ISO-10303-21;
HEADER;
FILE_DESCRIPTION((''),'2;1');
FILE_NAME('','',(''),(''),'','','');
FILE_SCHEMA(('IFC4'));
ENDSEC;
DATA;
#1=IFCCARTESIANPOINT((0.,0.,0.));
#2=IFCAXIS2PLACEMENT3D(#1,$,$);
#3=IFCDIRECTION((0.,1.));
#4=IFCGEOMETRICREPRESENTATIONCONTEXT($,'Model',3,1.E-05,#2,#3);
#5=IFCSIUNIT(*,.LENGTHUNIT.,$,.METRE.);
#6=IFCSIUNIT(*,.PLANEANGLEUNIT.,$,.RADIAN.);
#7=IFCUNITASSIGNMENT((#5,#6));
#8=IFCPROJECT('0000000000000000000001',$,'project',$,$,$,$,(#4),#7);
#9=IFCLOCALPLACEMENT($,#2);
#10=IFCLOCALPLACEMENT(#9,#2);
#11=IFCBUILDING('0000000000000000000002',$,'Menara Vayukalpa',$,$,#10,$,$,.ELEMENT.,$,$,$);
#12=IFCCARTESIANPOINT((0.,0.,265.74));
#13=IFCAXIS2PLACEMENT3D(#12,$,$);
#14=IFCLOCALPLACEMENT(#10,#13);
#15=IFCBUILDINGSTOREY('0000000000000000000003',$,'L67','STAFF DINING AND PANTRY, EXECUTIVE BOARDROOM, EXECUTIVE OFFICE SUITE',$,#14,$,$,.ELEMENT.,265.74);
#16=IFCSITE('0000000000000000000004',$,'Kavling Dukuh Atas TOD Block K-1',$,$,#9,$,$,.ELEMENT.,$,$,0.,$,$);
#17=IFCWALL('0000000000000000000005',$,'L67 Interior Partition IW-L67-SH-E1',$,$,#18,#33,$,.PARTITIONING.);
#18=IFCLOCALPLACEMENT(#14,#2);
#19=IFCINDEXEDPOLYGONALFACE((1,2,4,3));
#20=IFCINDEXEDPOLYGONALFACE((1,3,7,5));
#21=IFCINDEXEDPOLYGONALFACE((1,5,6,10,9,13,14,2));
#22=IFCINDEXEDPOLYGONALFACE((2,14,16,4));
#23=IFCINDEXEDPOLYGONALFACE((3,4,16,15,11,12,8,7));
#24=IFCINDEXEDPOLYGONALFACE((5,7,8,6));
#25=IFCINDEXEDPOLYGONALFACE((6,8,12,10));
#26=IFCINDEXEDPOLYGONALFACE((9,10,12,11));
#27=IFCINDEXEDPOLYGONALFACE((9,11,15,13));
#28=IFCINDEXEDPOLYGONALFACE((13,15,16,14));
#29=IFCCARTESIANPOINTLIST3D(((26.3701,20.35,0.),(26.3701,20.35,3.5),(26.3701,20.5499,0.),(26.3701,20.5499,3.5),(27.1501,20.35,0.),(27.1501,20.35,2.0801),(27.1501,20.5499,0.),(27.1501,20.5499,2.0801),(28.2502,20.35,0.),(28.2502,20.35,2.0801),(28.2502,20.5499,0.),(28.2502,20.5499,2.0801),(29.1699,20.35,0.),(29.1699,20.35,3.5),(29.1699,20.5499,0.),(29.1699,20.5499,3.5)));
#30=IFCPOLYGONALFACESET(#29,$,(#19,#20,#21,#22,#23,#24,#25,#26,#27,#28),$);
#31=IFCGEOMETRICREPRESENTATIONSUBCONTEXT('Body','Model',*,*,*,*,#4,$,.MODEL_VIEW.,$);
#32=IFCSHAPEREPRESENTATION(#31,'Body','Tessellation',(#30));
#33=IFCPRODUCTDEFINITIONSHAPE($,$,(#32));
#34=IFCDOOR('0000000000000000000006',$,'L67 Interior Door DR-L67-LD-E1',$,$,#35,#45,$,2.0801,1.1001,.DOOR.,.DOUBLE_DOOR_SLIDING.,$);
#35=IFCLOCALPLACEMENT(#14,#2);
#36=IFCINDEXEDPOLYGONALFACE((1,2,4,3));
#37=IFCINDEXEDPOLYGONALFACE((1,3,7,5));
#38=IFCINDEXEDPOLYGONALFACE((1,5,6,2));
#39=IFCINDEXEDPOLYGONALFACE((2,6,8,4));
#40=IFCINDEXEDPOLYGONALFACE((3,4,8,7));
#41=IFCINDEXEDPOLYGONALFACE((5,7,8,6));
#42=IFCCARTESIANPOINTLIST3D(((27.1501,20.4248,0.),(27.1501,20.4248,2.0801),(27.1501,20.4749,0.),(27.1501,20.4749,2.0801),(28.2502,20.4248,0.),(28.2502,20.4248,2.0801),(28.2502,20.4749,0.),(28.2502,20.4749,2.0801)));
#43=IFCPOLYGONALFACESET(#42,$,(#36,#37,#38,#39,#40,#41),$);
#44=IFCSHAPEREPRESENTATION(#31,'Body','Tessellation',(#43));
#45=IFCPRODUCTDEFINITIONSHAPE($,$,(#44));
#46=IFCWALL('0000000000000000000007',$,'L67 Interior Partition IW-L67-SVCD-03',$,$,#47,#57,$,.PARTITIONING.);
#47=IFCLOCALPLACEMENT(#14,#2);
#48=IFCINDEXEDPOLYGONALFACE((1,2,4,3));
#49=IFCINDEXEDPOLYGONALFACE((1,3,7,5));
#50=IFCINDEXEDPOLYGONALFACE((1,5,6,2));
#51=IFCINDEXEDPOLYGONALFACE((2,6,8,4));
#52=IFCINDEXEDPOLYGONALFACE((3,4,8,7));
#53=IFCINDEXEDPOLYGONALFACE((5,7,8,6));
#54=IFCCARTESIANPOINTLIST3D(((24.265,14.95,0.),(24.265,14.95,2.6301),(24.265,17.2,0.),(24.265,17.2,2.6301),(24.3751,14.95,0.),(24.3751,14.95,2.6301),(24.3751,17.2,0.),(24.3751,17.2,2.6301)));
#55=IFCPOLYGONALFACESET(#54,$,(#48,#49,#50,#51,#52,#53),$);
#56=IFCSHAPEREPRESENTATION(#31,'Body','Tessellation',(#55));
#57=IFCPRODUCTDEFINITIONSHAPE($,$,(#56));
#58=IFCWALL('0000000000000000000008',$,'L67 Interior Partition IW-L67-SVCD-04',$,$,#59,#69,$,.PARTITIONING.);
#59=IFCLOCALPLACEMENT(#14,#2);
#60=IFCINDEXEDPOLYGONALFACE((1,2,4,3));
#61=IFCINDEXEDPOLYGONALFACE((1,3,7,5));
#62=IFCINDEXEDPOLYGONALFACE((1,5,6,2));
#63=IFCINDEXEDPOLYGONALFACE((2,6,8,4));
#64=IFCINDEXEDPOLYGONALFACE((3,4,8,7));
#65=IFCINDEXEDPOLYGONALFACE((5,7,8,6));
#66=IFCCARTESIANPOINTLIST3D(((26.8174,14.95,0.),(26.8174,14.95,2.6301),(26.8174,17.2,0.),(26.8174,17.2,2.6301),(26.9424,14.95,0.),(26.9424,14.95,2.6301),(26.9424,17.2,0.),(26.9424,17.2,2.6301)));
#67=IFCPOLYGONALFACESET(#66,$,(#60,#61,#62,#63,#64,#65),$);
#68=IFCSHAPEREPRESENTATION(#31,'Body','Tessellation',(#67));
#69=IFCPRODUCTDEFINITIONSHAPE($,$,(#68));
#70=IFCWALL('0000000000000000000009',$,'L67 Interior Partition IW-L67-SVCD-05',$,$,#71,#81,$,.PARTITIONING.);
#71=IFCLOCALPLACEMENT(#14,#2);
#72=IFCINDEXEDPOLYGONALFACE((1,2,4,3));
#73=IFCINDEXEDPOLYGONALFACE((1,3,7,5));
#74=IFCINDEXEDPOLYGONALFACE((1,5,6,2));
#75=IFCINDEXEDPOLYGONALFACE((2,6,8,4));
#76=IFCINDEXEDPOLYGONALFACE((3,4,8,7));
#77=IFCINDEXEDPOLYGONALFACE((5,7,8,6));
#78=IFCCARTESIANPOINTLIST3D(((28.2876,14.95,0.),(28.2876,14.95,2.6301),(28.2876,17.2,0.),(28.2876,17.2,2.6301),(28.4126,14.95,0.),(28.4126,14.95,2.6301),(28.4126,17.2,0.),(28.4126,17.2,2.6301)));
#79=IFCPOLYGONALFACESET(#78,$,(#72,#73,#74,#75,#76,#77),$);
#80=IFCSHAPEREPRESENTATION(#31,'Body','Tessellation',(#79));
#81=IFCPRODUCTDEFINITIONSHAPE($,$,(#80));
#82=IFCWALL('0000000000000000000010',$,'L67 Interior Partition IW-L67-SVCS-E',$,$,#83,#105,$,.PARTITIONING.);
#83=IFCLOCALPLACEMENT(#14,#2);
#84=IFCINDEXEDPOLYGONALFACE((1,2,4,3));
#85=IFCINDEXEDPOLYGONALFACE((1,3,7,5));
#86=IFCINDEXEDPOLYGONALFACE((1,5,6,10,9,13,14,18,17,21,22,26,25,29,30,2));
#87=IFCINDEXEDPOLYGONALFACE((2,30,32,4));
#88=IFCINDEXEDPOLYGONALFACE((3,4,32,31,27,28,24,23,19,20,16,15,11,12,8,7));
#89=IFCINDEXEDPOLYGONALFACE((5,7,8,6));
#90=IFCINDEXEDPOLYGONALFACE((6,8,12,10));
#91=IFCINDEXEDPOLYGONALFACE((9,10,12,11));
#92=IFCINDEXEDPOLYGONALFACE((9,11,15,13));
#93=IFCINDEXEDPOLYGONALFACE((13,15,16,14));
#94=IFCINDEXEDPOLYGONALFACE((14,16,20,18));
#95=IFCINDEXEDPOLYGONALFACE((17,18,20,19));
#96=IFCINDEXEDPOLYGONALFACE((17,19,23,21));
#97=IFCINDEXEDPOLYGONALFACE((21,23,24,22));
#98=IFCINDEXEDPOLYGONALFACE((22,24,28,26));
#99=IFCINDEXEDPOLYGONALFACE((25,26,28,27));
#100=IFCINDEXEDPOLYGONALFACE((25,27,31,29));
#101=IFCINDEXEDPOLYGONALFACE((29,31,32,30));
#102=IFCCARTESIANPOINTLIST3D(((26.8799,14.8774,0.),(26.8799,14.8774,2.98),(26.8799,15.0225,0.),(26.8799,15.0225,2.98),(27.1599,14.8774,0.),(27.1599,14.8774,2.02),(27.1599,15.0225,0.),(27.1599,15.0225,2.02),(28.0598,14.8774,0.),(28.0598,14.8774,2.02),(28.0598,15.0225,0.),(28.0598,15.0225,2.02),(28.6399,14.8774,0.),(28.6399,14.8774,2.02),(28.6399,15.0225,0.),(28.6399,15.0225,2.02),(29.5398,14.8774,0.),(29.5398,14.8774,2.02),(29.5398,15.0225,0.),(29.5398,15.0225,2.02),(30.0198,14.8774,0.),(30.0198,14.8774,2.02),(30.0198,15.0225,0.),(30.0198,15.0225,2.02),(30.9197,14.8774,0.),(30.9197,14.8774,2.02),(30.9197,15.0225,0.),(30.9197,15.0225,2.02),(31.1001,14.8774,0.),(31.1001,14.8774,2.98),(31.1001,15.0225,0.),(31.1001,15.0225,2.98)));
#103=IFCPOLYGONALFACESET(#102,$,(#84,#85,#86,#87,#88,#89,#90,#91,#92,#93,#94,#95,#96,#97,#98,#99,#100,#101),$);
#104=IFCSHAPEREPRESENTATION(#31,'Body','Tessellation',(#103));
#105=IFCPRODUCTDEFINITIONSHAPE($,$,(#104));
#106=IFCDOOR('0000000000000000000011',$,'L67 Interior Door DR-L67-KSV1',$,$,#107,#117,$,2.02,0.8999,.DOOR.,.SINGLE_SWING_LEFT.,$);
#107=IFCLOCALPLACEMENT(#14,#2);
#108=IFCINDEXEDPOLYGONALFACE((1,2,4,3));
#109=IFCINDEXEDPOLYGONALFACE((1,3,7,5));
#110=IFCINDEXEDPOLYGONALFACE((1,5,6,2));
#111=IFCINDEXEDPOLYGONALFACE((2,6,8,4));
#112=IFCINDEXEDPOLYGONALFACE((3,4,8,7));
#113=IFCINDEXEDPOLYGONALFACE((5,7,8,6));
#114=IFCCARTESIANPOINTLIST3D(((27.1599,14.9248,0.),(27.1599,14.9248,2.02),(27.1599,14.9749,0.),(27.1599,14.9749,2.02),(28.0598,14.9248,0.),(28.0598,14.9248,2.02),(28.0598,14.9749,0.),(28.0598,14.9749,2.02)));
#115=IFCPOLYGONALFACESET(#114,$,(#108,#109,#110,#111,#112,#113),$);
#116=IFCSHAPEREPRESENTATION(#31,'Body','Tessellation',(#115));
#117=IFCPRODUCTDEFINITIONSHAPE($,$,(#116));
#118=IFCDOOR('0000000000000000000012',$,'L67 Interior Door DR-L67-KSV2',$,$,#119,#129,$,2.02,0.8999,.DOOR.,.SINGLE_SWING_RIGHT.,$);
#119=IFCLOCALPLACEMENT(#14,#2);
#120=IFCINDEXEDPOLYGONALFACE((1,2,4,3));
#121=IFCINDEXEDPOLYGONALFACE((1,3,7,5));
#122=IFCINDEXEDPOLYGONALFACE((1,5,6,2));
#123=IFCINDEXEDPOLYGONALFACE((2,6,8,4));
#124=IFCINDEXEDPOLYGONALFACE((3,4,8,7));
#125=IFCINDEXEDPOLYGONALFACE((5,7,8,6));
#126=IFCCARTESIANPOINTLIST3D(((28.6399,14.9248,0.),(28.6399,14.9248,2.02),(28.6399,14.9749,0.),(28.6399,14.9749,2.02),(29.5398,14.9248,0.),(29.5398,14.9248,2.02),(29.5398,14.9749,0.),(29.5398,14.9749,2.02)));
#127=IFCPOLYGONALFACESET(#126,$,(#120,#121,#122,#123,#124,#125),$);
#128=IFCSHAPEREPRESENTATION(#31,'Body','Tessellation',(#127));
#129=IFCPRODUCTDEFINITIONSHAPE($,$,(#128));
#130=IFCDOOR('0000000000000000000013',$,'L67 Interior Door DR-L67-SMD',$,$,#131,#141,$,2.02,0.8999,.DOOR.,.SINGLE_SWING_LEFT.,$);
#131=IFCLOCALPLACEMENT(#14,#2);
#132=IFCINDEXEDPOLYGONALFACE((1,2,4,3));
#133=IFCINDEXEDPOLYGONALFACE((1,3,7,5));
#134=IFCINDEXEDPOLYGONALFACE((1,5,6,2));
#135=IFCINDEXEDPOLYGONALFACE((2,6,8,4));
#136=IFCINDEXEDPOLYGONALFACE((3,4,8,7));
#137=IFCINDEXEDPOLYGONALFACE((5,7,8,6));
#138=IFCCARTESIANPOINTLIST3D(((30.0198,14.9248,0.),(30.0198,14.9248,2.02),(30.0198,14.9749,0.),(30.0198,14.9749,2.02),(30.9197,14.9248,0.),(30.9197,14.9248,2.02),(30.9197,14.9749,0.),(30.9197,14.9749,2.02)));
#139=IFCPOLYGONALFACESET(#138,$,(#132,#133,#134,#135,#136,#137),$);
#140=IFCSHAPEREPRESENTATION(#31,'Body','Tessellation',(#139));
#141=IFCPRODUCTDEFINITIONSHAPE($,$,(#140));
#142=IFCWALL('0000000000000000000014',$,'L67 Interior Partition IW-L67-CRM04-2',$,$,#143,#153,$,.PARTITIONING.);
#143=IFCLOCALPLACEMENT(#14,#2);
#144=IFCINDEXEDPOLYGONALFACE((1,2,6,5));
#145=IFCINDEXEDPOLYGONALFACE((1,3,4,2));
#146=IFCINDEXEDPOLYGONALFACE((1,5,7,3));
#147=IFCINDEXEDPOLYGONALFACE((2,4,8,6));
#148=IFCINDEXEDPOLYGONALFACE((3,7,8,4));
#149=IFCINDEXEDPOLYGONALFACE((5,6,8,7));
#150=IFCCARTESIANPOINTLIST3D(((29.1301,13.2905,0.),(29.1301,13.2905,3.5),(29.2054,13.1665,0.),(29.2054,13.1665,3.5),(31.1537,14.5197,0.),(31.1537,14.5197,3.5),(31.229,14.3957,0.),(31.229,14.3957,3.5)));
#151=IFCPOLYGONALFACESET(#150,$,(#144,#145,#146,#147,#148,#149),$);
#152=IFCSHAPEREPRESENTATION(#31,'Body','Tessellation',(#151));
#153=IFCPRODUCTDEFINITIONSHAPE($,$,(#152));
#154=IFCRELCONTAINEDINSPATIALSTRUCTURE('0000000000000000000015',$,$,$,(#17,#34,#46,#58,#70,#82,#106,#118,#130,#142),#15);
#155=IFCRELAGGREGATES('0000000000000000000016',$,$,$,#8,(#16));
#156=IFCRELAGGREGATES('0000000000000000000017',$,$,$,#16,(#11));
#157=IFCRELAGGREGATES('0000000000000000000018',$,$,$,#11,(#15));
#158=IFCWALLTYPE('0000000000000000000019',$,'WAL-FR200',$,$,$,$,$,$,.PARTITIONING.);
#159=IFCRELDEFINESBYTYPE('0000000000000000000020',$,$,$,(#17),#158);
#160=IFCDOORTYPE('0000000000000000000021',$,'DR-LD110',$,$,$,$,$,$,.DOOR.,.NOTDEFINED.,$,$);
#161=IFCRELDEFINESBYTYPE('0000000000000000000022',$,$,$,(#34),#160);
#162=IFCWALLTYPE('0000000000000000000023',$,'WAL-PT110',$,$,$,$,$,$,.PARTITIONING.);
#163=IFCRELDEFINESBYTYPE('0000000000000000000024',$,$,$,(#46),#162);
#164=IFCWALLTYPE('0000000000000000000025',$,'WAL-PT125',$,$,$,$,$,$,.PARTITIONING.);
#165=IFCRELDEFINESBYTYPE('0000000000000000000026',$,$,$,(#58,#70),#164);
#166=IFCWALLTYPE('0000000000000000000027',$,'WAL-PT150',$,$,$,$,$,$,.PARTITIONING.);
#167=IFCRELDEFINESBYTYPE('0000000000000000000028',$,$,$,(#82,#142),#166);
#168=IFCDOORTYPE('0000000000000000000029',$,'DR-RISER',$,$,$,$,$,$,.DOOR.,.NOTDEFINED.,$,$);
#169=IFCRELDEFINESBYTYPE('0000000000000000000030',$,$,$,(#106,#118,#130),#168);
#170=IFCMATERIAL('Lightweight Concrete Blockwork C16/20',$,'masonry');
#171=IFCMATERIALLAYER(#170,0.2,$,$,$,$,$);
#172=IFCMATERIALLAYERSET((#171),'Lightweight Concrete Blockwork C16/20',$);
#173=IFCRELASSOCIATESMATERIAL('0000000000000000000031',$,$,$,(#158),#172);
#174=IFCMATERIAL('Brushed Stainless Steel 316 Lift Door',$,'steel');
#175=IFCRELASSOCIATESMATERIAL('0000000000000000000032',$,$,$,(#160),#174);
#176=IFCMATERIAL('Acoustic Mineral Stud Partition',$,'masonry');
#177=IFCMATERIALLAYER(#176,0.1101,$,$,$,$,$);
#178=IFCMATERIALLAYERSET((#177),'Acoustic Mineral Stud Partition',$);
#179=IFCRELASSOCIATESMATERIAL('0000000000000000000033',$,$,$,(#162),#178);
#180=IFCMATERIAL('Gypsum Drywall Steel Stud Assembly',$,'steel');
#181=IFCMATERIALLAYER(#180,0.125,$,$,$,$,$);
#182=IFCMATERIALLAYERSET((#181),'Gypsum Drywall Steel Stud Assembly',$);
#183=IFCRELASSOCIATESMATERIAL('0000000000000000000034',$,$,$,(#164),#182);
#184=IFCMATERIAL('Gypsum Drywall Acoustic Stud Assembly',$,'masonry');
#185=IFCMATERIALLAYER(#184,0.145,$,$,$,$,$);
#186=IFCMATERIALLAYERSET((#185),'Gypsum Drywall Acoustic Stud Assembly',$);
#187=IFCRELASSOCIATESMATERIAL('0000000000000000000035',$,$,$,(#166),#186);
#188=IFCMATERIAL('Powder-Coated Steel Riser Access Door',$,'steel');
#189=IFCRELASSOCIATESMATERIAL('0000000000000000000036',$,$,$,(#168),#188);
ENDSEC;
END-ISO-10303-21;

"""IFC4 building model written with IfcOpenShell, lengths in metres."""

from ifc_helpers import new_model, si_unit, direction, frame, frame_2d, origin, place, context, subcontext, project, spatial, rectangle, extrude, material, layer, layer_set, type_object, element, fill, save


model = new_model("IFC4")

# Units and contexts
model_context = context("Model", 3, precision=1e-05, world=origin(), true_north=direction((0.0, 1.0)))
body_context = subcontext(model_context, "Body", "Model", "MODEL_VIEW")
ifc_project = project(units=[si_unit("LENGTHUNIT", "METRE"), si_unit("PLANEANGLEUNIT", "RADIAN")], contexts=[model_context])

# Site, building, storey
site_placement = place(None, origin())
site = spatial("IfcSite", under=ifc_project, at=site_placement, Name="Kavling Dukuh Atas TOD Block K-1", CompositionType="ELEMENT", RefElevation=0.0)
building_placement = place(site_placement, origin())
building = spatial("IfcBuilding", under=site, at=building_placement, Name="Menara Vayukalpa", CompositionType="ELEMENT")
storey_placement = place(building_placement, frame((0.0, 0.0, 265.74)))
storey = spatial("IfcBuildingStorey", under=building, at=storey_placement, Name="L67", Description="STAFF DINING AND PANTRY, EXECUTIVE BOARDROOM, EXECUTIVE OFFICE SUITE", CompositionType="ELEMENT", Elevation=265.74)

# Wall, opening, door
ifc_material_1 = material(Name="Lightweight Concrete Blockwork C16/20", Category="masonry")
ifc_layer_1 = layer(ifc_material_1, 0.2)
ifc_layer_set_1 = layer_set([ifc_layer_1], Name="Lightweight Concrete Blockwork C16/20")
wall_type_1 = type_object("IfcWallType", Name="WAL-FR200", PredefinedType="PARTITIONING", material=ifc_layer_set_1)
wall_1_placement = place(storey_placement, frame((26.3701, 20.45, 0.0), z_axis=(0.0, 0.0, 1.0), x_axis=(1.0, 0.0, 0.0)))
wall_1 = element("IfcWall", 1, at=wall_1_placement, inside=storey, type_object=wall_type_1, Name="L67 Interior Partition IW-L67-SH-E1", PredefinedType="PARTITIONING", context=body_context, shape_type="SweptSolid", body=[
    extrude(rectangle(XDim=2.7998, YDim=0.2, at=frame_2d((1.3999, 0.0))), origin(), (0.0, 0.0, 1.0), 3.5),
])
opening_1_placement = place(wall_1_placement, frame((0.78, 0.0, 0.0)))
opening_1 = element("IfcOpeningElement", 2, at=opening_1_placement, cuts=wall_1, PredefinedType="OPENING", context=body_context, shape_type="SweptSolid", body=[
    extrude(rectangle(XDim=1.1001, YDim=2.0801, at=frame_2d((0.55, 1.04))), frame((0.0, 0.1099, 0.0), z_axis=(0.0, -1.0, 0.0), x_axis=(1.0, 0.0, 0.0)), (0.0, 0.0, 1.0), 0.22),
])
ifc_material_2 = material(Name="Brushed Stainless Steel 316 Lift Door", Category="steel")
door_type_1 = type_object("IfcDoorType", Name="DR-LD110", OperationType="NOTDEFINED", PredefinedType="DOOR", material=ifc_material_2)
door_1_placement = place(opening_1_placement, origin())
door_1 = element("IfcDoor", 3, at=door_1_placement, inside=storey, type_object=door_type_1, Name="L67 Interior Door DR-L67-LD-E1", OperationType="DOUBLE_DOOR_SLIDING", OverallHeight=2.0801, OverallWidth=1.1001, PredefinedType="DOOR", context=body_context, shape_type="SweptSolid", body=[
    extrude(rectangle(XDim=1.1001, YDim=2.0801, at=frame_2d((0.55, 1.04))), frame((0.0, 0.0249, 0.0), z_axis=(0.0, -1.0, 0.0), x_axis=(1.0, 0.0, 0.0)), (0.0, 0.0, 1.0), 0.05),
])
fill(opening_1, door_1)

# Walls
ifc_material_3 = material(Name="Acoustic Mineral Stud Partition", Category="masonry")
ifc_layer_2 = layer(ifc_material_3, 0.1101)
ifc_layer_set_2 = layer_set([ifc_layer_2], Name="Acoustic Mineral Stud Partition")
wall_type_2 = type_object("IfcWallType", Name="WAL-PT110", PredefinedType="PARTITIONING", material=ifc_layer_set_2)
wall_2_placement = place(storey_placement, frame((24.3201, 14.95, 0.0), z_axis=(0.0, 0.0, 1.0), x_axis=(0.0, 1.0, 0.0)))
element("IfcWall", 4, at=wall_2_placement, inside=storey, type_object=wall_type_2, Name="L67 Interior Partition IW-L67-SVCD-03", PredefinedType="PARTITIONING", context=body_context, shape_type="SweptSolid", body=[
    extrude(rectangle(XDim=2.25, YDim=0.1101, at=frame_2d((1.125, 0.0))), origin(), (0.0, 0.0, 1.0), 2.6301),
])
ifc_material_4 = material(Name="Gypsum Drywall Steel Stud Assembly", Category="steel")
ifc_layer_3 = layer(ifc_material_4, 0.125)
ifc_layer_set_3 = layer_set([ifc_layer_3], Name="Gypsum Drywall Steel Stud Assembly")
wall_type_3 = type_object("IfcWallType", Name="WAL-PT125", PredefinedType="PARTITIONING", material=ifc_layer_set_3)
for number, where, z_axis, x_axis, name in (
    (5, (26.8799, 14.95, 0.0), (0.0, 0.0, 1.0), (0.0, 1.0, 0.0), "L67 Interior Partition IW-L67-SVCD-04"),
    (6, (28.3501, 14.95, 0.0), (0.0, 0.0, 1.0), (0.0, 1.0, 0.0), "L67 Interior Partition IW-L67-SVCD-05"),
):
    element("IfcWall", number, at=place(storey_placement, frame(where, z_axis=z_axis, x_axis=x_axis)), inside=storey, type_object=wall_type_3, Name=name, PredefinedType="PARTITIONING", context=body_context, shape_type="SweptSolid", body=[
        extrude(rectangle(XDim=2.25, YDim=0.125, at=frame_2d((1.125, 0.0))), origin(), (0.0, 0.0, 1.0), 2.6301),
    ])

# Wall, openings, doors
ifc_material_5 = material(Name="Gypsum Drywall Acoustic Stud Assembly", Category="masonry")
ifc_layer_4 = layer(ifc_material_5, 0.145)
ifc_layer_set_4 = layer_set([ifc_layer_4], Name="Gypsum Drywall Acoustic Stud Assembly")
wall_type_4 = type_object("IfcWallType", Name="WAL-PT150", PredefinedType="PARTITIONING", material=ifc_layer_set_4)
wall_3_placement = place(storey_placement, frame((26.8799, 14.95, 0.0), z_axis=(0.0, 0.0, 1.0), x_axis=(1.0, 0.0, 0.0)))
wall_3 = element("IfcWall", 7, at=wall_3_placement, inside=storey, type_object=wall_type_4, Name="L67 Interior Partition IW-L67-SVCS-E", PredefinedType="PARTITIONING", context=body_context, shape_type="SweptSolid", body=[
    extrude(rectangle(XDim=4.2202, YDim=0.145, at=frame_2d((2.1101, 0.0))), origin(), (0.0, 0.0, 1.0), 2.98),
])
opening_2_placement = place(wall_3_placement, frame((0.28, 0.0, 0.0)))
opening_2 = element("IfcOpeningElement", 8, at=opening_2_placement, cuts=wall_3, PredefinedType="OPENING", context=body_context, shape_type="SweptSolid", body=[
    extrude(rectangle(XDim=0.8999, YDim=2.02, at=frame_2d((0.45, 1.01))), frame((0.0, 0.0825, 0.0), z_axis=(0.0, -1.0, 0.0), x_axis=(1.0, 0.0, 0.0)), (0.0, 0.0, 1.0), 0.165),
])
opening_3_placement = place(wall_3_placement, frame((1.76, 0.0, 0.0)))
opening_3 = element("IfcOpeningElement", 9, at=opening_3_placement, cuts=wall_3, PredefinedType="OPENING", context=body_context, shape_type="SweptSolid", body=[
    extrude(rectangle(XDim=0.8999, YDim=2.02, at=frame_2d((0.45, 1.01))), frame((0.0, 0.0825, 0.0), z_axis=(0.0, -1.0, 0.0), x_axis=(1.0, 0.0, 0.0)), (0.0, 0.0, 1.0), 0.165),
])
opening_4_placement = place(wall_3_placement, frame((3.1399, 0.0, 0.0)))
opening_4 = element("IfcOpeningElement", 10, at=opening_4_placement, cuts=wall_3, PredefinedType="OPENING", context=body_context, shape_type="SweptSolid", body=[
    extrude(rectangle(XDim=0.8999, YDim=2.02, at=frame_2d((0.45, 1.01))), frame((0.0, 0.0825, 0.0), z_axis=(0.0, -1.0, 0.0), x_axis=(1.0, 0.0, 0.0)), (0.0, 0.0, 1.0), 0.165),
])
ifc_material_6 = material(Name="Powder-Coated Steel Riser Access Door", Category="steel")
door_type_2 = type_object("IfcDoorType", Name="DR-RISER", OperationType="NOTDEFINED", PredefinedType="DOOR", material=ifc_material_6)
door_2_placement = place(opening_2_placement, origin())
door_2 = element("IfcDoor", 11, at=door_2_placement, inside=storey, type_object=door_type_2, Name="L67 Interior Door DR-L67-KSV1", OperationType="SINGLE_SWING_LEFT", OverallHeight=2.02, OverallWidth=0.8999, PredefinedType="DOOR", context=body_context, shape_type="SweptSolid", body=[
    extrude(rectangle(XDim=0.8999, YDim=2.02, at=frame_2d((0.45, 1.01))), frame((0.0, 0.0249, 0.0), z_axis=(0.0, -1.0, 0.0), x_axis=(1.0, 0.0, 0.0)), (0.0, 0.0, 1.0), 0.05),
])
fill(opening_2, door_2)
door_3_placement = place(opening_3_placement, origin())
door_3 = element("IfcDoor", 12, at=door_3_placement, inside=storey, type_object=door_type_2, Name="L67 Interior Door DR-L67-KSV2", OperationType="SINGLE_SWING_RIGHT", OverallHeight=2.02, OverallWidth=0.8999, PredefinedType="DOOR", context=body_context, shape_type="SweptSolid", body=[
    extrude(rectangle(XDim=0.8999, YDim=2.02, at=frame_2d((0.45, 1.01))), frame((0.0, 0.0249, 0.0), z_axis=(0.0, -1.0, 0.0), x_axis=(1.0, 0.0, 0.0)), (0.0, 0.0, 1.0), 0.05),
])
fill(opening_3, door_3)
door_4_placement = place(opening_4_placement, origin())
door_4 = element("IfcDoor", 13, at=door_4_placement, inside=storey, type_object=door_type_2, Name="L67 Interior Door DR-L67-SMD", OperationType="SINGLE_SWING_LEFT", OverallHeight=2.02, OverallWidth=0.8999, PredefinedType="DOOR", context=body_context, shape_type="SweptSolid", body=[
    extrude(rectangle(XDim=0.8999, YDim=2.02, at=frame_2d((0.45, 1.01))), frame((0.0, 0.0249, 0.0), z_axis=(0.0, -1.0, 0.0), x_axis=(1.0, 0.0, 0.0)), (0.0, 0.0, 1.0), 0.05),
])
fill(opening_4, door_4)

# Wall
wall_4_placement = place(storey_placement, frame((29.1677, 13.2285, 0.0), z_axis=(0.0, 0.0, 1.0), x_axis=(0.854678, 0.519158, 0.0)))
element("IfcWall", 14, at=wall_4_placement, inside=storey, type_object=wall_type_4, Name="L67 Interior Partition IW-L67-CRM04-2", PredefinedType="PARTITIONING", context=body_context, shape_type="SweptSolid", body=[
    extrude(rectangle(XDim=2.3677, YDim=0.145, at=frame_2d((1.1838, 0.0))), origin(), (0.0, 0.0, 1.0), 3.5),
])

save(model, "model.ifc")
